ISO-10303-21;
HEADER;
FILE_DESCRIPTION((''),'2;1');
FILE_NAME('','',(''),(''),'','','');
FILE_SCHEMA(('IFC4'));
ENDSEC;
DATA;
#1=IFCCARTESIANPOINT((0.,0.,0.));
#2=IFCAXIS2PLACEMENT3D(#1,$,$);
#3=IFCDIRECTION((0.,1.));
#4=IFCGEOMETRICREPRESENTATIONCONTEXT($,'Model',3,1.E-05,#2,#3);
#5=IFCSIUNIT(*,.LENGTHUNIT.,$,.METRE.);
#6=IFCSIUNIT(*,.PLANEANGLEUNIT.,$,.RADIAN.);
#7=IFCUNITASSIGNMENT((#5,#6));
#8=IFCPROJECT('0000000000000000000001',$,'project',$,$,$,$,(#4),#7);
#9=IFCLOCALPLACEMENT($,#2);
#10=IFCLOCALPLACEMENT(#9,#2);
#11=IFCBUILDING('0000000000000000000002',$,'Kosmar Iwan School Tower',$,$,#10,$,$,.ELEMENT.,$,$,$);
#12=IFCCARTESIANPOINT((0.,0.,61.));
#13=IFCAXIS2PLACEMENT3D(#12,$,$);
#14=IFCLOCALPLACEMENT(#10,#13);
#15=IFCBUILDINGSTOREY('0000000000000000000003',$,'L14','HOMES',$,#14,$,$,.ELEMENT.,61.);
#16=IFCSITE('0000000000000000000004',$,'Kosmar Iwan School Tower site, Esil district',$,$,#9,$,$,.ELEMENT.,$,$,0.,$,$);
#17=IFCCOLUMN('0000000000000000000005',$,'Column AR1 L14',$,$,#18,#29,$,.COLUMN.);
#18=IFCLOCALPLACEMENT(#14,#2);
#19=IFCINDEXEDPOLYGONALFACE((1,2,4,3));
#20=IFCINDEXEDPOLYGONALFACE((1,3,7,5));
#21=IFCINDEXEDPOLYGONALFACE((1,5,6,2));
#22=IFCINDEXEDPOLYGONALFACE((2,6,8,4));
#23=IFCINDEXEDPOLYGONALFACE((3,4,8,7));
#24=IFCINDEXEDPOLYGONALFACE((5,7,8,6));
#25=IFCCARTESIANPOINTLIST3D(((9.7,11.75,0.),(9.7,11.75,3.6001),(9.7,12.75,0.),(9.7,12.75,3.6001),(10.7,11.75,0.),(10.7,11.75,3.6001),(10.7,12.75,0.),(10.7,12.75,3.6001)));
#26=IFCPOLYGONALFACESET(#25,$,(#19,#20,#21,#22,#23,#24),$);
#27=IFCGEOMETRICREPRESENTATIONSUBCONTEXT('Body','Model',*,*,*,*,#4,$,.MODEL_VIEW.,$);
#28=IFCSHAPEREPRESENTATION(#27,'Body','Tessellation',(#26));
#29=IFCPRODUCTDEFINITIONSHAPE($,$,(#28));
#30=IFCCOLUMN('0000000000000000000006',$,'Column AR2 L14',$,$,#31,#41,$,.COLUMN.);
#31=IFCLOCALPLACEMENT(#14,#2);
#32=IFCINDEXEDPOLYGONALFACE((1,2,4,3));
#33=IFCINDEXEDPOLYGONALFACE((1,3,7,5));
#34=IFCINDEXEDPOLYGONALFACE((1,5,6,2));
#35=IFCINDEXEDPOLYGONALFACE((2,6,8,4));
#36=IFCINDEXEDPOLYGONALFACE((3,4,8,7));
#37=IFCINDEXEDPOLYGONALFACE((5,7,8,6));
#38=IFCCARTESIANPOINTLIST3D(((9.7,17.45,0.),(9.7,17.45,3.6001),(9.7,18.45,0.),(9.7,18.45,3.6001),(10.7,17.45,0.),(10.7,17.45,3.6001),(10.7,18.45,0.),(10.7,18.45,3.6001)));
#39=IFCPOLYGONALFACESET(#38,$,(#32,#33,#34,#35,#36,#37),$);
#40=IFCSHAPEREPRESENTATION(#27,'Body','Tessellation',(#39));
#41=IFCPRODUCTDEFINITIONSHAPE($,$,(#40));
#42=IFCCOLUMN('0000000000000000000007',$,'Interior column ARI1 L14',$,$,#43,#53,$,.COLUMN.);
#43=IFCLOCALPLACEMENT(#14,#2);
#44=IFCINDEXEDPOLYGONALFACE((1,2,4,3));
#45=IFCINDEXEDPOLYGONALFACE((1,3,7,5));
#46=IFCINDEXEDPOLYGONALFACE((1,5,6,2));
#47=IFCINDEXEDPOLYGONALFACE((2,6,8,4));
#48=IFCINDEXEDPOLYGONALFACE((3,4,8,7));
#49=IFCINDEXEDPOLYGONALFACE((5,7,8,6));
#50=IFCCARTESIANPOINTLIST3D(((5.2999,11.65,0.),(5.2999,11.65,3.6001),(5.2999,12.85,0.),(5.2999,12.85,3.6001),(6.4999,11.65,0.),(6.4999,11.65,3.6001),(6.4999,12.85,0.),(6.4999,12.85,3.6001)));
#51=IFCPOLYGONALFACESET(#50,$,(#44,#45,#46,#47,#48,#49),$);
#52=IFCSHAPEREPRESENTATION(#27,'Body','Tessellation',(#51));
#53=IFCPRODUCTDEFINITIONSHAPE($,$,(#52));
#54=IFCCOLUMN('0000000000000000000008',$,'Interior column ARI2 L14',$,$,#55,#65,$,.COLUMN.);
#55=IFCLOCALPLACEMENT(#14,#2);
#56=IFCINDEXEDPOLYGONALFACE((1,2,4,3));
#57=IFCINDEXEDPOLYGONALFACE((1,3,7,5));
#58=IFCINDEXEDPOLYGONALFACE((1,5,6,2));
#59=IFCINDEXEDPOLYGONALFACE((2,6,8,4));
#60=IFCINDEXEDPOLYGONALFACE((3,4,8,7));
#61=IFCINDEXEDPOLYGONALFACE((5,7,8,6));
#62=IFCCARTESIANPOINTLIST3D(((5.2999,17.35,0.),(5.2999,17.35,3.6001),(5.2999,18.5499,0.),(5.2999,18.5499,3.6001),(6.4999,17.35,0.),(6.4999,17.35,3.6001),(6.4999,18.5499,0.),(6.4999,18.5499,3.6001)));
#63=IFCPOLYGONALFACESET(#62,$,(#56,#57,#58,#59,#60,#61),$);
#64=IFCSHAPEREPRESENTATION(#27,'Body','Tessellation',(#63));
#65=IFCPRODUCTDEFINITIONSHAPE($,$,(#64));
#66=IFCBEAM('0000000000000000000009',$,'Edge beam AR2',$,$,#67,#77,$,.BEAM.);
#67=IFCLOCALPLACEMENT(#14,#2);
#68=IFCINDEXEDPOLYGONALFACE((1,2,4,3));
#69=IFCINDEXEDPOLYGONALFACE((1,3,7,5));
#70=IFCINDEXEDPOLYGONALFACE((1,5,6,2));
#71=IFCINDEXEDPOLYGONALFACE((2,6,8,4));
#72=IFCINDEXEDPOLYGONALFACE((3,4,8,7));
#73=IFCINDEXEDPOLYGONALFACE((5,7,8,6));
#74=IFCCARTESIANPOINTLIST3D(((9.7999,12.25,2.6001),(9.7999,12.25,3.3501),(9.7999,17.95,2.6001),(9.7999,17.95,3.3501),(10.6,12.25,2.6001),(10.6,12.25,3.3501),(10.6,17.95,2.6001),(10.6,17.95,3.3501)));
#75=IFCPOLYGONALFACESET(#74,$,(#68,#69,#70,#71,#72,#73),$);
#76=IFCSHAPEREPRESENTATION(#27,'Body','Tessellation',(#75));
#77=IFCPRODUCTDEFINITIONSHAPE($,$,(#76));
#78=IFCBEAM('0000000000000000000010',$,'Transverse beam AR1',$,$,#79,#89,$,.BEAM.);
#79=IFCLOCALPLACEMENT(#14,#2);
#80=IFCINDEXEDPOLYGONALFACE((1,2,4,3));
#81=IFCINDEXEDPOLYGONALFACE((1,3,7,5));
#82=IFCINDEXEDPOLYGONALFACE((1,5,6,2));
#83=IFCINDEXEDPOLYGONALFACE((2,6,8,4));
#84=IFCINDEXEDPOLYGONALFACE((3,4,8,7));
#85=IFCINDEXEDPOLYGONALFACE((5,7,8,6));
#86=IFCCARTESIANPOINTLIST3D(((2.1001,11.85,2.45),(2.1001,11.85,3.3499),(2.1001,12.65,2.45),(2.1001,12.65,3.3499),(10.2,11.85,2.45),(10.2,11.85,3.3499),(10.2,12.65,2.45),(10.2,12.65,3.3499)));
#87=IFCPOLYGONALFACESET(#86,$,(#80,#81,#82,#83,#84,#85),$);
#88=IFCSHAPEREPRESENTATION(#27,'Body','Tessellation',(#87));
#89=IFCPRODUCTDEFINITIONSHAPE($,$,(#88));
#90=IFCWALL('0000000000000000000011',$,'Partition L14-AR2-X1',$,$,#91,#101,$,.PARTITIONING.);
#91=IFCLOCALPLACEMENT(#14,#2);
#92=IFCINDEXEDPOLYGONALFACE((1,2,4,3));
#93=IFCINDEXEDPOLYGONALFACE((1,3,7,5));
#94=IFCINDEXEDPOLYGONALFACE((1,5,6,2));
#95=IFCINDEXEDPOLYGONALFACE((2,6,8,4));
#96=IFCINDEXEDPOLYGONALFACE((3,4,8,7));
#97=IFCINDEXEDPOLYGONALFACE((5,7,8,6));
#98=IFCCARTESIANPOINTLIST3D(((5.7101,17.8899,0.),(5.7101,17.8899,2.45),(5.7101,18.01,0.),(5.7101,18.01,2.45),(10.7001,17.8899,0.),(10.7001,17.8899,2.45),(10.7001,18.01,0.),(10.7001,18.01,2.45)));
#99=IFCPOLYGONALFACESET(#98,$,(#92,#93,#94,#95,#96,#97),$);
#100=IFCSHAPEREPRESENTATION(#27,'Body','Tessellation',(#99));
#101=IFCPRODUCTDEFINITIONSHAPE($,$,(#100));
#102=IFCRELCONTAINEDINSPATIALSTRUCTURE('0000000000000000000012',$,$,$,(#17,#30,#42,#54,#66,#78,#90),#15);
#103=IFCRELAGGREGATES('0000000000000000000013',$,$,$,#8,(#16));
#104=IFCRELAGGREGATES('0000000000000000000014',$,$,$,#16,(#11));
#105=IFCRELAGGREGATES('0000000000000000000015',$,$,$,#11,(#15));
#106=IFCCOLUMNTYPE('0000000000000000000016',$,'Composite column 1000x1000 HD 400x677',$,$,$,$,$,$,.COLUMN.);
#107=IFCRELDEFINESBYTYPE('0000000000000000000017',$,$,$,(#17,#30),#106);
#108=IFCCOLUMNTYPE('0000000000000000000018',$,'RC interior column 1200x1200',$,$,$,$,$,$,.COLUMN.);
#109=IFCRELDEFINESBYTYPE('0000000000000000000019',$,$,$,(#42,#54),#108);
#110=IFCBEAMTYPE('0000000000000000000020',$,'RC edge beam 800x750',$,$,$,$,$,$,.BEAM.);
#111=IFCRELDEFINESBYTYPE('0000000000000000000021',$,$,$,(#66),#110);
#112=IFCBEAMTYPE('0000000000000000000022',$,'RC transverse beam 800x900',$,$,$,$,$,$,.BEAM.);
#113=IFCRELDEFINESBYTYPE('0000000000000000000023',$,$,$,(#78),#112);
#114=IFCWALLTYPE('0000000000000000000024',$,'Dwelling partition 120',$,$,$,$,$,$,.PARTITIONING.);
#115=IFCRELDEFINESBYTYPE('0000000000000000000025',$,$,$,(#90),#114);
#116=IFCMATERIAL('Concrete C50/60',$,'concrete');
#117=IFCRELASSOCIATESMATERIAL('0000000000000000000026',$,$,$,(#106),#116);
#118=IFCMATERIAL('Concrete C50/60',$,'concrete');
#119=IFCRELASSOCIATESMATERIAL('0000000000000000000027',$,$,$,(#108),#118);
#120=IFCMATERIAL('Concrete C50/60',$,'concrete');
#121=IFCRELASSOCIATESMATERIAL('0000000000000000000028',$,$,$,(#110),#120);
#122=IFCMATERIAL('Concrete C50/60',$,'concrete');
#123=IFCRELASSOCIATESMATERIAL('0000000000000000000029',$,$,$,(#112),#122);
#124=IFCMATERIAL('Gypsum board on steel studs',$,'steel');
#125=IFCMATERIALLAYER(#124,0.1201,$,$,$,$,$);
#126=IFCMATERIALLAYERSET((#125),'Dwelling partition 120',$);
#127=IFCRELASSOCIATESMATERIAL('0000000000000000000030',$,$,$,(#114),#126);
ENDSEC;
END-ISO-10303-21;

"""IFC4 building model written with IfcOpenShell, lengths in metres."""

from ifc_helpers import new_model, si_unit, direction, frame, frame_2d, origin, origin_2d, place, context, subcontext, project, spatial, rectangle, extrude, material, layer, layer_set, material_profile, profile_set, type_object, element, save


model = new_model("IFC4")

# Units and contexts
model_context = context("Model", 3, precision=1e-05, world=origin(), true_north=direction((0.0, 1.0)))
body_context = subcontext(model_context, "Body", "Model", "MODEL_VIEW")
ifc_project = project(units=[si_unit("LENGTHUNIT", "METRE"), si_unit("PLANEANGLEUNIT", "RADIAN")], contexts=[model_context])

# Site, building, storey
site_placement = place(None, origin())
site = spatial("IfcSite", under=ifc_project, at=site_placement, Name="Kosmar Iwan School Tower site, Esil district", CompositionType="ELEMENT", RefElevation=0.0)
building_placement = place(site_placement, origin())
building = spatial("IfcBuilding", under=site, at=building_placement, Name="Kosmar Iwan School Tower", CompositionType="ELEMENT")
storey_placement = place(building_placement, frame((0.0, 0.0, 61.0)))
storey = spatial("IfcBuildingStorey", under=building, at=storey_placement, Name="L14", Description="HOMES", CompositionType="ELEMENT", Elevation=61.0)

# Columns
ifc_material_1 = material(Name="Concrete C50/60", Category="concrete")
ifc_material_profile_1 = material_profile(ifc_material_1, rectangle(XDim=1.0, YDim=1.0, at=origin_2d()), Name="RC 1000x1000 + HD 400x677")
ifc_profile_set_1 = profile_set([ifc_material_profile_1], Name="Concrete C50/60")
column_type_1 = type_object("IfcColumnType", Name="Composite column 1000x1000 HD 400x677", PredefinedType="COLUMN", material=ifc_profile_set_1)
for number, where, z_axis, x_axis, name in (
    (1, (10.2, 12.25, 0.0), (0.0, 0.0, 1.0), (0.0, 1.0, 0.0), "Column AR1 L14"),
    (2, (10.2, 17.95, 0.0), (0.0, 0.0, 1.0), (0.0, 1.0, 0.0), "Column AR2 L14"),
):
    element("IfcColumn", number, at=place(storey_placement, frame(where, z_axis=z_axis, x_axis=x_axis)), inside=storey, type_object=column_type_1, Name=name, PredefinedType="COLUMN", context=body_context, shape_type="SweptSolid", body=[
        extrude(rectangle(XDim=1.0, YDim=1.0, at=origin_2d()), origin(), (0.0, 0.0, 1.0), 3.6001),
    ])
ifc_material_2 = material(Name="Concrete C50/60", Category="concrete")
ifc_material_profile_2 = material_profile(ifc_material_2, rectangle(XDim=1.2, YDim=1.2, at=origin_2d()), Name="RC 1200x1200")
ifc_profile_set_2 = profile_set([ifc_material_profile_2], Name="Concrete C50/60")
column_type_2 = type_object("IfcColumnType", Name="RC interior column 1200x1200", PredefinedType="COLUMN", material=ifc_profile_set_2)
for number, where, z_axis, x_axis, name in (
    (3, (5.8999, 12.25, 0.0), (0.0, 0.0, 1.0), (0.0, 1.0, 0.0), "Interior column ARI1 L14"),
    (4, (5.8999, 17.95, 0.0), (0.0, 0.0, 1.0), (0.0, 1.0, 0.0), "Interior column ARI2 L14"),
):
    element("IfcColumn", number, at=place(storey_placement, frame(where, z_axis=z_axis, x_axis=x_axis)), inside=storey, type_object=column_type_2, Name=name, PredefinedType="COLUMN", context=body_context, shape_type="SweptSolid", body=[
        extrude(rectangle(XDim=1.2, YDim=1.2, at=origin_2d()), origin(), (0.0, 0.0, 1.0), 3.6001),
    ])

# Beams
ifc_material_3 = material(Name="Concrete C50/60", Category="concrete")
ifc_material_profile_3 = material_profile(ifc_material_3, rectangle(XDim=0.8, YDim=0.75, at=origin_2d()), Name="RC 800x750")
ifc_profile_set_3 = profile_set([ifc_material_profile_3], Name="Concrete C50/60")
beam_type_1 = type_object("IfcBeamType", Name="RC edge beam 800x750", PredefinedType="BEAM", material=ifc_profile_set_3)
beam_1_placement = place(storey_placement, frame((10.2, 12.25, 2.9751), z_axis=(0.0, 1.0, 0.0), x_axis=(-1.0, 0.0, 0.0)))
element("IfcBeam", 5, at=beam_1_placement, inside=storey, type_object=beam_type_1, Name="Edge beam AR2", PredefinedType="BEAM", context=body_context, shape_type="SweptSolid", body=[
    extrude(rectangle(XDim=0.8, YDim=0.75, at=origin_2d()), origin(), (0.0, 0.0, 1.0), 5.7),
])
ifc_material_4 = material(Name="Concrete C50/60", Category="concrete")
ifc_material_profile_4 = material_profile(ifc_material_4, rectangle(XDim=0.8, YDim=0.8999, at=origin_2d()), Name="RC 800x900")
ifc_profile_set_4 = profile_set([ifc_material_profile_4], Name="Concrete C50/60")
beam_type_2 = type_object("IfcBeamType", Name="RC transverse beam 800x900", PredefinedType="BEAM", material=ifc_profile_set_4)
beam_2_placement = place(storey_placement, frame((10.2, 12.25, 2.8999), z_axis=(-1.0, 0.0, 0.0), x_axis=(0.0, -1.0, 0.0)))
element("IfcBeam", 6, at=beam_2_placement, inside=storey, type_object=beam_type_2, Name="Transverse beam AR1", PredefinedType="BEAM", context=body_context, shape_type="SweptSolid", body=[
    extrude(rectangle(XDim=0.8, YDim=0.8999, at=origin_2d()), origin(), (0.0, 0.0, 1.0), 8.0999),
])

# Wall
ifc_material_5 = material(Name="Gypsum board on steel studs", Category="steel")
ifc_layer = layer(ifc_material_5, 0.1201)
ifc_layer_set = layer_set([ifc_layer], Name="Dwelling partition 120")
wall_type = type_object("IfcWallType", Name="Dwelling partition 120", PredefinedType="PARTITIONING", material=ifc_layer_set)
wall_placement = place(storey_placement, frame((5.71, 17.95, 0.0), z_axis=(0.0, 0.0, 1.0), x_axis=(1.0, 0.0, 0.0)))
element("IfcWall", 7, at=wall_placement, inside=storey, type_object=wall_type, Name="Partition L14-AR2-X1", PredefinedType="PARTITIONING", context=body_context, shape_type="SweptSolid", body=[
    extrude(rectangle(XDim=4.99, YDim=0.1201, at=frame_2d((2.4951, 0.0))), origin(), (0.0, 0.0, 1.0), 2.45),
])

save(model, "model.ifc")
